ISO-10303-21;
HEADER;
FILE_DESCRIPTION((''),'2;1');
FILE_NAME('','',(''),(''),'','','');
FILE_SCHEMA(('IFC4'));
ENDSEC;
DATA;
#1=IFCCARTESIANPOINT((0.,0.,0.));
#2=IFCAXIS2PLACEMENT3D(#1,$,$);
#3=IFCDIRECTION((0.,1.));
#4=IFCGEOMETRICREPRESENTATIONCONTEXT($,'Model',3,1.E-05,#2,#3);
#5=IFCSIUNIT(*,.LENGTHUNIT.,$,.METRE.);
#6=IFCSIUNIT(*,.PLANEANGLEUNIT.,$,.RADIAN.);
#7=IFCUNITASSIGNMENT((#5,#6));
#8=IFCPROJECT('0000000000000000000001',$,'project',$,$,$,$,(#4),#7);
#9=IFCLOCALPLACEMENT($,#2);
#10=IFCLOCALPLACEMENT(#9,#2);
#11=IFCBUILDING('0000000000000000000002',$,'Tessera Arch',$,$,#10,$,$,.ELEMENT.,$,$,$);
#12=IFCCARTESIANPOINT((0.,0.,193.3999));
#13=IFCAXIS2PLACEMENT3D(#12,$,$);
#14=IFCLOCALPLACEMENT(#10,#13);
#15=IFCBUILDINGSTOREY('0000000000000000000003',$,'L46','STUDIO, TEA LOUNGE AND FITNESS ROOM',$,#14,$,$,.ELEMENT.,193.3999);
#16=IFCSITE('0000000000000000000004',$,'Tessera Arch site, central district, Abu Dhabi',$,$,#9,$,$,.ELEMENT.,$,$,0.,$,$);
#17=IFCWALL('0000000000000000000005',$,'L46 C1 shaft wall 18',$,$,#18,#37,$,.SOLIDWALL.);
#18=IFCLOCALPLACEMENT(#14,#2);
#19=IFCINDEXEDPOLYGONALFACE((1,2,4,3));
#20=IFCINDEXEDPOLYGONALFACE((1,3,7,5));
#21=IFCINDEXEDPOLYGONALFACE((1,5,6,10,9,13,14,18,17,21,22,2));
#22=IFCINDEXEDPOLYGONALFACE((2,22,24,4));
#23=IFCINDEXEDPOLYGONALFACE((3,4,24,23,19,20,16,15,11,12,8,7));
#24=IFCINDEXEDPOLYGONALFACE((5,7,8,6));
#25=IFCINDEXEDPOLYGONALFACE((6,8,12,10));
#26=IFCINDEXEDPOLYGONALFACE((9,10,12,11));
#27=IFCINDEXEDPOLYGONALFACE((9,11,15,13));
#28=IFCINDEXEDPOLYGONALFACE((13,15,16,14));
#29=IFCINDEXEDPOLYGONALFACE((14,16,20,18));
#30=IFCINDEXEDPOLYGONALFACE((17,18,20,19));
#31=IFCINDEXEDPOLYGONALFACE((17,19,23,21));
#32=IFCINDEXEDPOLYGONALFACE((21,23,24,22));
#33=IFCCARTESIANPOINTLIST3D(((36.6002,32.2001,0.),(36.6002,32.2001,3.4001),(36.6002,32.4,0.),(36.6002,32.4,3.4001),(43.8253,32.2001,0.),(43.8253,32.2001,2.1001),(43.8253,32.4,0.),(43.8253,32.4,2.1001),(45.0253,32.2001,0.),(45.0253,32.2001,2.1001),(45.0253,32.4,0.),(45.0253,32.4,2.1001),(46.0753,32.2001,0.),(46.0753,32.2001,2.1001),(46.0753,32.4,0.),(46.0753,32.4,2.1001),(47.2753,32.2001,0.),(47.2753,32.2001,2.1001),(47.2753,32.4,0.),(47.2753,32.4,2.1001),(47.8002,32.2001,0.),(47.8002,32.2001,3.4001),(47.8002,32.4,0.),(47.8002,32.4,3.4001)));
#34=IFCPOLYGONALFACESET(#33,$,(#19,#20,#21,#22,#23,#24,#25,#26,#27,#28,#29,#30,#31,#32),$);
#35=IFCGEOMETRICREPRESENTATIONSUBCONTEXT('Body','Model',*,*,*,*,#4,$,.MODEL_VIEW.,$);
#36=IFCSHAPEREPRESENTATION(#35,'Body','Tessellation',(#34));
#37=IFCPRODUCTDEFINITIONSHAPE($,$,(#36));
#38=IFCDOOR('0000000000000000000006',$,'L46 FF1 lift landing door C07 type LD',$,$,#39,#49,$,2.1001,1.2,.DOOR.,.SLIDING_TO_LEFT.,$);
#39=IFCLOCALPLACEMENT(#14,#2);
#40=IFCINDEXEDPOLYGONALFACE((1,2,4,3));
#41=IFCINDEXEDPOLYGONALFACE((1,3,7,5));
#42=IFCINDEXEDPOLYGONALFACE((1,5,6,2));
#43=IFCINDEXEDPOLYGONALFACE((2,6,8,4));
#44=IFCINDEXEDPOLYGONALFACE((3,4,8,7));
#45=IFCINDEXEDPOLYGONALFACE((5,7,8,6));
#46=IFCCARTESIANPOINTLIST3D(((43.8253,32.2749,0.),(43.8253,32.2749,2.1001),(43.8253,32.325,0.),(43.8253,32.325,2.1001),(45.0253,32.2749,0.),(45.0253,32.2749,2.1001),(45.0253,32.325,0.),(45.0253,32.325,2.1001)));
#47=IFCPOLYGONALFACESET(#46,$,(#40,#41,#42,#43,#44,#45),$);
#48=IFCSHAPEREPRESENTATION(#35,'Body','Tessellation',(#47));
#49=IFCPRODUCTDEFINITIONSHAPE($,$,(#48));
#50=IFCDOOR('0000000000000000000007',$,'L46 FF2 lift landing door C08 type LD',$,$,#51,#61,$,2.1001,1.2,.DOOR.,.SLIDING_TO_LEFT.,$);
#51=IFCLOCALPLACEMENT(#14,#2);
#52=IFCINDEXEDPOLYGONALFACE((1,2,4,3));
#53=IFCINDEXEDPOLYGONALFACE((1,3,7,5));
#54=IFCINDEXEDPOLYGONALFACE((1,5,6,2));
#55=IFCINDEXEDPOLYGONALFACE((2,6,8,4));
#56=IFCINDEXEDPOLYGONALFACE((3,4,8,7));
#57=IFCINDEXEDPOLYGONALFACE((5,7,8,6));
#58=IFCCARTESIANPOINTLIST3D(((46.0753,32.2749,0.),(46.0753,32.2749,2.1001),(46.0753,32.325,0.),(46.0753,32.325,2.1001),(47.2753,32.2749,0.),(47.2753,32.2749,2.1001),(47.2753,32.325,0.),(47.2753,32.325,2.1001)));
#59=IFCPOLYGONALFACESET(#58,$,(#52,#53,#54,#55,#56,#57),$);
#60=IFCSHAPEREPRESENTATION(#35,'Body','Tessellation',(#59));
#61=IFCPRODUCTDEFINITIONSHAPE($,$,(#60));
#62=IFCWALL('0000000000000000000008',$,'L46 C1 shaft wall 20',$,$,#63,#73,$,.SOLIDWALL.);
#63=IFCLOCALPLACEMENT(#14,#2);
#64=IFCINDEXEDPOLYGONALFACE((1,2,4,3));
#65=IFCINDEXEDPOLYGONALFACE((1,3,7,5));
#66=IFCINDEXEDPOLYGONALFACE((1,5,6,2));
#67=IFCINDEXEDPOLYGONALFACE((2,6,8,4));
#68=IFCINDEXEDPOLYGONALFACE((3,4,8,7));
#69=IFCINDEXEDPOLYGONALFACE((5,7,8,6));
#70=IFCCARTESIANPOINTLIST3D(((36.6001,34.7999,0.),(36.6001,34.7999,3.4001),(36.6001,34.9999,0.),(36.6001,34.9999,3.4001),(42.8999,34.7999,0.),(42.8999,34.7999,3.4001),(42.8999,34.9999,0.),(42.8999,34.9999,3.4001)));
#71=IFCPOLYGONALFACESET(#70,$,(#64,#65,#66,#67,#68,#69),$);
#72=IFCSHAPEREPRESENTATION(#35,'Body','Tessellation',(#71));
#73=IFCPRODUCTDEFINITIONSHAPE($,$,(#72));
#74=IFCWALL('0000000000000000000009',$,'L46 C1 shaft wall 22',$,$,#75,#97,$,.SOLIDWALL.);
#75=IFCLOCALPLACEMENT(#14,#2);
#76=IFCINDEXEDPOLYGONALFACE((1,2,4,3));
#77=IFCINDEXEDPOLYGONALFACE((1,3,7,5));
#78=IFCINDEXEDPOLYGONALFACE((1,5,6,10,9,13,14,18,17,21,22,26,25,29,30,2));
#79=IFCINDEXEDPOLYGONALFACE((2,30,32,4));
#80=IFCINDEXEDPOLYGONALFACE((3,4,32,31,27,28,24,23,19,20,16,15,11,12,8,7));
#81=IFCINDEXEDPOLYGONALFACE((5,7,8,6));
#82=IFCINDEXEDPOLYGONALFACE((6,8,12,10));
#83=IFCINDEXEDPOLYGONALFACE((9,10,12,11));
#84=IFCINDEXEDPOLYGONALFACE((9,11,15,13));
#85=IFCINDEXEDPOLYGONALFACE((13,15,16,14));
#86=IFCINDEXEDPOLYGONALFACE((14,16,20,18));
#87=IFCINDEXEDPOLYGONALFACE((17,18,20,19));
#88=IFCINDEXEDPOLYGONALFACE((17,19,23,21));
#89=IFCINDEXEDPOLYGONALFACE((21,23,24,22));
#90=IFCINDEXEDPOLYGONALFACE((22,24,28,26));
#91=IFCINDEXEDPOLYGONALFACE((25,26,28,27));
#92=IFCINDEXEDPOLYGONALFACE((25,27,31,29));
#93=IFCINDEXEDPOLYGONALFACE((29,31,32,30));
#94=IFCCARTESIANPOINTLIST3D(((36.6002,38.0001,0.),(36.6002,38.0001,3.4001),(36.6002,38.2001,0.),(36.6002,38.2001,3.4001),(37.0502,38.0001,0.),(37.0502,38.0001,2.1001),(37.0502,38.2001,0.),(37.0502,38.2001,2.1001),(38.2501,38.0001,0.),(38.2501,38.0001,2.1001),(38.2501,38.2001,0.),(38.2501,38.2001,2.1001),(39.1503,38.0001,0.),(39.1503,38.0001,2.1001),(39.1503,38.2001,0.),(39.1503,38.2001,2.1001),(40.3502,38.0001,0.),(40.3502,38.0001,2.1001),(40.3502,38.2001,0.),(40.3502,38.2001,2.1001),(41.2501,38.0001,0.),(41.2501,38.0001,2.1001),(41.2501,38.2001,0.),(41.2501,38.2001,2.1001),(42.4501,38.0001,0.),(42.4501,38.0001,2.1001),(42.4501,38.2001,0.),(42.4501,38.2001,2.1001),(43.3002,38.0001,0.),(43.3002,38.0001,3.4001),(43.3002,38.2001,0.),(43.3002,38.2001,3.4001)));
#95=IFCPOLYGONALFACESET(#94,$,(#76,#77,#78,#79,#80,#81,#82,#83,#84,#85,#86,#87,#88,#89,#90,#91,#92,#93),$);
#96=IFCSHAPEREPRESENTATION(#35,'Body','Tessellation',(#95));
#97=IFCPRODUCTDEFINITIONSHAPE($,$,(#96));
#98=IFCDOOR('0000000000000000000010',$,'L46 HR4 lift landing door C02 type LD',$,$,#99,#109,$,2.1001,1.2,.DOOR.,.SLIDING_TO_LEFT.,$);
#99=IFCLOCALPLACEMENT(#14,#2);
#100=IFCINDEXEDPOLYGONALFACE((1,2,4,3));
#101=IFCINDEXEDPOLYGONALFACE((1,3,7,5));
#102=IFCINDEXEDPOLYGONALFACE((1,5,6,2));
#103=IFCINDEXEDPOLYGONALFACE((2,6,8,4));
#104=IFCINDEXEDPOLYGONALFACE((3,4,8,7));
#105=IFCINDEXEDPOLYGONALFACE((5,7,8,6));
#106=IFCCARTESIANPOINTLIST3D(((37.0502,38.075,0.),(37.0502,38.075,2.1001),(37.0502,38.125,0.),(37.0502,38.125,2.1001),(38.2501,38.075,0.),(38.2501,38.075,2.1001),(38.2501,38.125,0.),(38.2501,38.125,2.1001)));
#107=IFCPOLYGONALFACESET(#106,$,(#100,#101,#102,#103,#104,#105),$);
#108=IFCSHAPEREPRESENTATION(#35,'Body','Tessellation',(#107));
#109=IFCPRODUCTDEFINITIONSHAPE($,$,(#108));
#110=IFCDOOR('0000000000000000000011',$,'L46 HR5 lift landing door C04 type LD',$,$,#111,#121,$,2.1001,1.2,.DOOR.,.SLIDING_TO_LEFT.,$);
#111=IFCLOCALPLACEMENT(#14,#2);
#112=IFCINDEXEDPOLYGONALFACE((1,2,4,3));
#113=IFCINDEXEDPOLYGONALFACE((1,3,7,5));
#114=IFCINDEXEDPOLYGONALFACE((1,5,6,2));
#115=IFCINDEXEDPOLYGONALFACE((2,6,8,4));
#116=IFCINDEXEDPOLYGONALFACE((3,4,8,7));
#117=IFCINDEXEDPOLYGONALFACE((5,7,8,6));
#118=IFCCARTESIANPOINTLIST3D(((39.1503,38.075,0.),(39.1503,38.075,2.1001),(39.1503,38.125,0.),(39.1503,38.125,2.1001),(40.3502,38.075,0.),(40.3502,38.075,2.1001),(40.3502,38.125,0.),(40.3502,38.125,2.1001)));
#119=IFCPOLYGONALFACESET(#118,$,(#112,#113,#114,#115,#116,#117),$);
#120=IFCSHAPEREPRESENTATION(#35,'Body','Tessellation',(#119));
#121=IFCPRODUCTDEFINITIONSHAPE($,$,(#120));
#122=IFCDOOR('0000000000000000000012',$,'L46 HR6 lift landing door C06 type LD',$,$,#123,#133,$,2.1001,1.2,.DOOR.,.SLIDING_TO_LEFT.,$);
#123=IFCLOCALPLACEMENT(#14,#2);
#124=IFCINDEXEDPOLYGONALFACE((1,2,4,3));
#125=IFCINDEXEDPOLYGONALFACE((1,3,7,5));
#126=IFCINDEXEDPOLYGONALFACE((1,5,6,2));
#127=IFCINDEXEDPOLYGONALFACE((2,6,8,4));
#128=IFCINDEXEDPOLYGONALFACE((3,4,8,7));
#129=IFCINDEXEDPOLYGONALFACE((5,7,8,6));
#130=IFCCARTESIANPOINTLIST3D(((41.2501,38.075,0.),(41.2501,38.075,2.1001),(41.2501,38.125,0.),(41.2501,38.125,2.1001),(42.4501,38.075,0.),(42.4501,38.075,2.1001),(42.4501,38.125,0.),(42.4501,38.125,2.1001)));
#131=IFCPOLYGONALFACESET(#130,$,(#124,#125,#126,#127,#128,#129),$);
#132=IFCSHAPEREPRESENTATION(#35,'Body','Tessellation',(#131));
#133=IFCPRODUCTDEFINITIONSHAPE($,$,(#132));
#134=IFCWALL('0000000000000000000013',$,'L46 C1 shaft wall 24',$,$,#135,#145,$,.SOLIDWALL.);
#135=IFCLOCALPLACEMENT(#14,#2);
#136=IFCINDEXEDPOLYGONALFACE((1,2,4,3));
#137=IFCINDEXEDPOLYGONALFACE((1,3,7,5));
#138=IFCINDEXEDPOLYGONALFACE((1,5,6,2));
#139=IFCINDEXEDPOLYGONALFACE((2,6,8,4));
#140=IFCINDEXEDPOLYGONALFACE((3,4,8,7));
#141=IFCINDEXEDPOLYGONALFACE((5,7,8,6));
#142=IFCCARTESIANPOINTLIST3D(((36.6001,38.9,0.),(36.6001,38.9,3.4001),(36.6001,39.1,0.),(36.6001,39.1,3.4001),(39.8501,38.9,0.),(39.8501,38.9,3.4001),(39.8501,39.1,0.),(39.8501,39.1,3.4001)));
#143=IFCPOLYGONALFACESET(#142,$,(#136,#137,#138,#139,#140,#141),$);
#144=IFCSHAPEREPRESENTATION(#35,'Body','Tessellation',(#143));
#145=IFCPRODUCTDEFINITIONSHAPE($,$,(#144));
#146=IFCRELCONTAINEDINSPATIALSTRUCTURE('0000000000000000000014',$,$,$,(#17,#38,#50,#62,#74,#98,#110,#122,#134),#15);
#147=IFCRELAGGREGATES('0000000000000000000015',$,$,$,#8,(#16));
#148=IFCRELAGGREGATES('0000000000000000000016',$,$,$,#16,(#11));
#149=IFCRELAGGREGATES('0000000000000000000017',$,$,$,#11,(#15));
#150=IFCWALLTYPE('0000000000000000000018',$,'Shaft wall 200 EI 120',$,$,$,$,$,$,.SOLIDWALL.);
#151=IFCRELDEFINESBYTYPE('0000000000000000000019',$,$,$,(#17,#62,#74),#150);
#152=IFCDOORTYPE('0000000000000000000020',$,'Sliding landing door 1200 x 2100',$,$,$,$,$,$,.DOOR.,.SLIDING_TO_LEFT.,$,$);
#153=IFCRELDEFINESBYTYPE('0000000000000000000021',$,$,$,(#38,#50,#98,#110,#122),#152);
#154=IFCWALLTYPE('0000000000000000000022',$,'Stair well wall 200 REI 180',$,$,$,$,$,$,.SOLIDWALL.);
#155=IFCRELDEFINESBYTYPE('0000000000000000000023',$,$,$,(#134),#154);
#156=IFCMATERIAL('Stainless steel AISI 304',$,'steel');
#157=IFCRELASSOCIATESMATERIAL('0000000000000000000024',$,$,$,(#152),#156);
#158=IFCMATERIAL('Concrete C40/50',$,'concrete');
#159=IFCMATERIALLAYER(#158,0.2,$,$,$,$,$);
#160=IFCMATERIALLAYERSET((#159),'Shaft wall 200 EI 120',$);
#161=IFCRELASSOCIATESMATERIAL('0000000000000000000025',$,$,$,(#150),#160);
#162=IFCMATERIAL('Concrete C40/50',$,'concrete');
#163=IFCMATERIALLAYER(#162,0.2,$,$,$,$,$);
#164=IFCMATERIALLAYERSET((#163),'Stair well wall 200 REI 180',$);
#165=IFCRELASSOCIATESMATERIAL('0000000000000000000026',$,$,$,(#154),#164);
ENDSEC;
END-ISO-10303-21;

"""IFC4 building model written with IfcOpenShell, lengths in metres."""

from ifc_helpers import new_model, si_unit, direction, frame, frame_2d, origin, place, context, subcontext, project, spatial, rectangle, extrude, material, layer, layer_set, type_object, element, fill, save


model = new_model("IFC4")

# Units and contexts
model_context = context("Model", 3, precision=1e-05, world=origin(), true_north=direction((0.0, 1.0)))
body_context = subcontext(model_context, "Body", "Model", "MODEL_VIEW")
ifc_project = project(units=[si_unit("LENGTHUNIT", "METRE"), si_unit("PLANEANGLEUNIT", "RADIAN")], contexts=[model_context])

# Site, building, storey
site_placement = place(None, origin())
site = spatial("IfcSite", under=ifc_project, at=site_placement, Name="Tessera Arch site, central district, Abu Dhabi", CompositionType="ELEMENT", RefElevation=0.0)
building_placement = place(site_placement, origin())
building = spatial("IfcBuilding", under=site, at=building_placement, Name="Tessera Arch", CompositionType="ELEMENT")
storey_placement = place(building_placement, frame((0.0, 0.0, 193.3999)))
storey = spatial("IfcBuildingStorey", under=building, at=storey_placement, Name="L46", Description="STUDIO, TEA LOUNGE AND FITNESS ROOM", CompositionType="ELEMENT", Elevation=193.3999)

# Shared definitions
ifc_material_1 = material(Name="Stainless steel AISI 304", Category="steel")
door_type_1 = type_object("IfcDoorType", Name="Sliding landing door 1200 x 2100", OperationType="SLIDING_TO_LEFT", PredefinedType="DOOR", material=ifc_material_1)

# Shared definitions
ifc_material_2 = material(Name="Concrete C40/50", Category="concrete")
ifc_layer_1 = layer(ifc_material_2, 0.2)
ifc_layer_set_1 = layer_set([ifc_layer_1], Name="Shaft wall 200 EI 120")
wall_type_1 = type_object("IfcWallType", Name="Shaft wall 200 EI 120", PredefinedType="SOLIDWALL", material=ifc_layer_set_1)

# Wall, openings, doors
wall_1_placement = place(storey_placement, frame((36.6001, 32.3, 0.0), z_axis=(0.0, 0.0, 1.0), x_axis=(1.0, 0.0, 0.0)))
wall_1 = element("IfcWall", 1, at=wall_1_placement, inside=storey, type_object=wall_type_1, Name="L46 C1 shaft wall 18", PredefinedType="SOLIDWALL", context=body_context, shape_type="SweptSolid", body=[
    extrude(rectangle(XDim=11.2, YDim=0.2, at=frame_2d((5.6001, 0.0))), origin(), (0.0, 0.0, 1.0), 3.4001),
])
opening_1_placement = place(wall_1_placement, frame((7.2251, 0.0, 0.0)))
opening_1 = element("IfcOpeningElement", 2, at=opening_1_placement, cuts=wall_1, PredefinedType="OPENING", context=body_context, shape_type="SweptSolid", body=[
    extrude(rectangle(XDim=1.2, YDim=2.1001, at=frame_2d((0.6001, 1.05))), frame((0.0, 0.1099, 0.0), z_axis=(0.0, -1.0, 0.0), x_axis=(1.0, 0.0, 0.0)), (0.0, 0.0, 1.0), 0.22),
])
opening_2_placement = place(wall_1_placement, frame((9.4751, 0.0, 0.0)))
opening_2 = element("IfcOpeningElement", 3, at=opening_2_placement, cuts=wall_1, PredefinedType="OPENING", context=body_context, shape_type="SweptSolid", body=[
    extrude(rectangle(XDim=1.2, YDim=2.1001, at=frame_2d((0.6001, 1.05))), frame((0.0, 0.1099, 0.0), z_axis=(0.0, -1.0, 0.0), x_axis=(1.0, 0.0, 0.0)), (0.0, 0.0, 1.0), 0.22),
])
door_1_placement = place(opening_1_placement, origin())
door_1 = element("IfcDoor", 4, at=door_1_placement, inside=storey, type_object=door_type_1, Name="L46 FF1 lift landing door C07 type LD", OperationType="SLIDING_TO_LEFT", OverallHeight=2.1001, OverallWidth=1.2, PredefinedType="DOOR", context=body_context, shape_type="SweptSolid", body=[
    extrude(rectangle(XDim=1.2, YDim=2.1001, at=frame_2d((0.6001, 1.05))), frame((0.0, 0.0249, 0.0), z_axis=(0.0, -1.0, 0.0), x_axis=(1.0, 0.0, 0.0)), (0.0, 0.0, 1.0), 0.05),
])
fill(opening_1, door_1)
door_2_placement = place(opening_2_placement, origin())
door_2 = element("IfcDoor", 5, at=door_2_placement, inside=storey, type_object=door_type_1, Name="L46 FF2 lift landing door C08 type LD", OperationType="SLIDING_TO_LEFT", OverallHeight=2.1001, OverallWidth=1.2, PredefinedType="DOOR", context=body_context, shape_type="SweptSolid", body=[
    extrude(rectangle(XDim=1.2, YDim=2.1001, at=frame_2d((0.6001, 1.05))), frame((0.0, 0.0249, 0.0), z_axis=(0.0, -1.0, 0.0), x_axis=(1.0, 0.0, 0.0)), (0.0, 0.0, 1.0), 0.05),
])
fill(opening_2, door_2)

# Wall
wall_2_placement = place(storey_placement, frame((36.6001, 34.8999, 0.0), z_axis=(0.0, 0.0, 1.0), x_axis=(1.0, 0.0, 0.0)))
element("IfcWall", 6, at=wall_2_placement, inside=storey, type_object=wall_type_1, Name="L46 C1 shaft wall 20", PredefinedType="SOLIDWALL", context=body_context, shape_type="SweptSolid", body=[
    extrude(rectangle(XDim=6.2998, YDim=0.2, at=frame_2d((3.1499, 0.0))), origin(), (0.0, 0.0, 1.0), 3.4001),
])

# Wall, openings, doors
wall_3_placement = place(storey_placement, frame((36.6001, 38.1001, 0.0), z_axis=(0.0, 0.0, 1.0), x_axis=(1.0, 0.0, 0.0)))
wall_3 = element("IfcWall", 7, at=wall_3_placement, inside=storey, type_object=wall_type_1, Name="L46 C1 shaft wall 22", PredefinedType="SOLIDWALL", context=body_context, shape_type="SweptSolid", body=[
    extrude(rectangle(XDim=6.7, YDim=0.2, at=frame_2d((3.3501, 0.0))), origin(), (0.0, 0.0, 1.0), 3.4001),
])
opening_3_placement = place(wall_3_placement, frame((0.45, 0.0, 0.0)))
opening_3 = element("IfcOpeningElement", 8, at=opening_3_placement, cuts=wall_3, PredefinedType="OPENING", context=body_context, shape_type="SweptSolid", body=[
    extrude(rectangle(XDim=1.2, YDim=2.1001, at=frame_2d((0.6001, 1.05))), frame((0.0, 0.1099, 0.0), z_axis=(0.0, -1.0, 0.0), x_axis=(1.0, 0.0, 0.0)), (0.0, 0.0, 1.0), 0.22),
])
opening_4_placement = place(wall_3_placement, frame((2.55, 0.0, 0.0)))
opening_4 = element("IfcOpeningElement", 9, at=opening_4_placement, cuts=wall_3, PredefinedType="OPENING", context=body_context, shape_type="SweptSolid", body=[
    extrude(rectangle(XDim=1.2, YDim=2.1001, at=frame_2d((0.6001, 1.05))), frame((0.0, 0.1099, 0.0), z_axis=(0.0, -1.0, 0.0), x_axis=(1.0, 0.0, 0.0)), (0.0, 0.0, 1.0), 0.22),
])
opening_5_placement = place(wall_3_placement, frame((4.6499, 0.0, 0.0)))
opening_5 = element("IfcOpeningElement", 10, at=opening_5_placement, cuts=wall_3, PredefinedType="OPENING", context=body_context, shape_type="SweptSolid", body=[
    extrude(rectangle(XDim=1.2, YDim=2.1001, at=frame_2d((0.6001, 1.05))), frame((0.0, 0.1099, 0.0), z_axis=(0.0, -1.0, 0.0), x_axis=(1.0, 0.0, 0.0)), (0.0, 0.0, 1.0), 0.22),
])
door_3_placement = place(opening_3_placement, origin())
door_3 = element("IfcDoor", 11, at=door_3_placement, inside=storey, type_object=door_type_1, Name="L46 HR4 lift landing door C02 type LD", OperationType="SLIDING_TO_LEFT", OverallHeight=2.1001, OverallWidth=1.2, PredefinedType="DOOR", context=body_context, shape_type="SweptSolid", body=[
    extrude(rectangle(XDim=1.2, YDim=2.1001, at=frame_2d((0.6001, 1.05))), frame((0.0, 0.0249, 0.0), z_axis=(0.0, -1.0, 0.0), x_axis=(1.0, 0.0, 0.0)), (0.0, 0.0, 1.0), 0.05),
])
fill(opening_3, door_3)
door_4_placement = place(opening_4_placement, origin())
door_4 = element("IfcDoor", 12, at=door_4_placement, inside=storey, type_object=door_type_1, Name="L46 HR5 lift landing door C04 type LD", OperationType="SLIDING_TO_LEFT", OverallHeight=2.1001, OverallWidth=1.2, PredefinedType="DOOR", context=body_context, shape_type="SweptSolid", body=[
    extrude(rectangle(XDim=1.2, YDim=2.1001, at=frame_2d((0.6001, 1.05))), frame((0.0, 0.0249, 0.0), z_axis=(0.0, -1.0, 0.0), x_axis=(1.0, 0.0, 0.0)), (0.0, 0.0, 1.0), 0.05),
])
fill(opening_4, door_4)
door_5_placement = place(opening_5_placement, origin())
door_5 = element("IfcDoor", 13, at=door_5_placement, inside=storey, type_object=door_type_1, Name="L46 HR6 lift landing door C06 type LD", OperationType="SLIDING_TO_LEFT", OverallHeight=2.1001, OverallWidth=1.2, PredefinedType="DOOR", context=body_context, shape_type="SweptSolid", body=[
    extrude(rectangle(XDim=1.2, YDim=2.1001, at=frame_2d((0.6001, 1.05))), frame((0.0, 0.0249, 0.0), z_axis=(0.0, -1.0, 0.0), x_axis=(1.0, 0.0, 0.0)), (0.0, 0.0, 1.0), 0.05),
])
fill(opening_5, door_5)

# Wall
ifc_material_3 = material(Name="Concrete C40/50", Category="concrete")
ifc_layer_2 = layer(ifc_material_3, 0.2)
ifc_layer_set_2 = layer_set([ifc_layer_2], Name="Stair well wall 200 REI 180")
wall_type_2 = type_object("IfcWallType", Name="Stair well wall 200 REI 180", PredefinedType="SOLIDWALL", material=ifc_layer_set_2)
wall_4_placement = place(storey_placement, frame((36.6001, 39.0, 0.0), z_axis=(0.0, 0.0, 1.0), x_axis=(1.0, 0.0, 0.0)))
element("IfcWall", 14, at=wall_4_placement, inside=storey, type_object=wall_type_2, Name="L46 C1 shaft wall 24", PredefinedType="SOLIDWALL", context=body_context, shape_type="SweptSolid", body=[
    extrude(rectangle(XDim=3.25, YDim=0.2, at=frame_2d((1.625, 0.0))), origin(), (0.0, 0.0, 1.0), 3.4001),
])

save(model, "model.ifc")
